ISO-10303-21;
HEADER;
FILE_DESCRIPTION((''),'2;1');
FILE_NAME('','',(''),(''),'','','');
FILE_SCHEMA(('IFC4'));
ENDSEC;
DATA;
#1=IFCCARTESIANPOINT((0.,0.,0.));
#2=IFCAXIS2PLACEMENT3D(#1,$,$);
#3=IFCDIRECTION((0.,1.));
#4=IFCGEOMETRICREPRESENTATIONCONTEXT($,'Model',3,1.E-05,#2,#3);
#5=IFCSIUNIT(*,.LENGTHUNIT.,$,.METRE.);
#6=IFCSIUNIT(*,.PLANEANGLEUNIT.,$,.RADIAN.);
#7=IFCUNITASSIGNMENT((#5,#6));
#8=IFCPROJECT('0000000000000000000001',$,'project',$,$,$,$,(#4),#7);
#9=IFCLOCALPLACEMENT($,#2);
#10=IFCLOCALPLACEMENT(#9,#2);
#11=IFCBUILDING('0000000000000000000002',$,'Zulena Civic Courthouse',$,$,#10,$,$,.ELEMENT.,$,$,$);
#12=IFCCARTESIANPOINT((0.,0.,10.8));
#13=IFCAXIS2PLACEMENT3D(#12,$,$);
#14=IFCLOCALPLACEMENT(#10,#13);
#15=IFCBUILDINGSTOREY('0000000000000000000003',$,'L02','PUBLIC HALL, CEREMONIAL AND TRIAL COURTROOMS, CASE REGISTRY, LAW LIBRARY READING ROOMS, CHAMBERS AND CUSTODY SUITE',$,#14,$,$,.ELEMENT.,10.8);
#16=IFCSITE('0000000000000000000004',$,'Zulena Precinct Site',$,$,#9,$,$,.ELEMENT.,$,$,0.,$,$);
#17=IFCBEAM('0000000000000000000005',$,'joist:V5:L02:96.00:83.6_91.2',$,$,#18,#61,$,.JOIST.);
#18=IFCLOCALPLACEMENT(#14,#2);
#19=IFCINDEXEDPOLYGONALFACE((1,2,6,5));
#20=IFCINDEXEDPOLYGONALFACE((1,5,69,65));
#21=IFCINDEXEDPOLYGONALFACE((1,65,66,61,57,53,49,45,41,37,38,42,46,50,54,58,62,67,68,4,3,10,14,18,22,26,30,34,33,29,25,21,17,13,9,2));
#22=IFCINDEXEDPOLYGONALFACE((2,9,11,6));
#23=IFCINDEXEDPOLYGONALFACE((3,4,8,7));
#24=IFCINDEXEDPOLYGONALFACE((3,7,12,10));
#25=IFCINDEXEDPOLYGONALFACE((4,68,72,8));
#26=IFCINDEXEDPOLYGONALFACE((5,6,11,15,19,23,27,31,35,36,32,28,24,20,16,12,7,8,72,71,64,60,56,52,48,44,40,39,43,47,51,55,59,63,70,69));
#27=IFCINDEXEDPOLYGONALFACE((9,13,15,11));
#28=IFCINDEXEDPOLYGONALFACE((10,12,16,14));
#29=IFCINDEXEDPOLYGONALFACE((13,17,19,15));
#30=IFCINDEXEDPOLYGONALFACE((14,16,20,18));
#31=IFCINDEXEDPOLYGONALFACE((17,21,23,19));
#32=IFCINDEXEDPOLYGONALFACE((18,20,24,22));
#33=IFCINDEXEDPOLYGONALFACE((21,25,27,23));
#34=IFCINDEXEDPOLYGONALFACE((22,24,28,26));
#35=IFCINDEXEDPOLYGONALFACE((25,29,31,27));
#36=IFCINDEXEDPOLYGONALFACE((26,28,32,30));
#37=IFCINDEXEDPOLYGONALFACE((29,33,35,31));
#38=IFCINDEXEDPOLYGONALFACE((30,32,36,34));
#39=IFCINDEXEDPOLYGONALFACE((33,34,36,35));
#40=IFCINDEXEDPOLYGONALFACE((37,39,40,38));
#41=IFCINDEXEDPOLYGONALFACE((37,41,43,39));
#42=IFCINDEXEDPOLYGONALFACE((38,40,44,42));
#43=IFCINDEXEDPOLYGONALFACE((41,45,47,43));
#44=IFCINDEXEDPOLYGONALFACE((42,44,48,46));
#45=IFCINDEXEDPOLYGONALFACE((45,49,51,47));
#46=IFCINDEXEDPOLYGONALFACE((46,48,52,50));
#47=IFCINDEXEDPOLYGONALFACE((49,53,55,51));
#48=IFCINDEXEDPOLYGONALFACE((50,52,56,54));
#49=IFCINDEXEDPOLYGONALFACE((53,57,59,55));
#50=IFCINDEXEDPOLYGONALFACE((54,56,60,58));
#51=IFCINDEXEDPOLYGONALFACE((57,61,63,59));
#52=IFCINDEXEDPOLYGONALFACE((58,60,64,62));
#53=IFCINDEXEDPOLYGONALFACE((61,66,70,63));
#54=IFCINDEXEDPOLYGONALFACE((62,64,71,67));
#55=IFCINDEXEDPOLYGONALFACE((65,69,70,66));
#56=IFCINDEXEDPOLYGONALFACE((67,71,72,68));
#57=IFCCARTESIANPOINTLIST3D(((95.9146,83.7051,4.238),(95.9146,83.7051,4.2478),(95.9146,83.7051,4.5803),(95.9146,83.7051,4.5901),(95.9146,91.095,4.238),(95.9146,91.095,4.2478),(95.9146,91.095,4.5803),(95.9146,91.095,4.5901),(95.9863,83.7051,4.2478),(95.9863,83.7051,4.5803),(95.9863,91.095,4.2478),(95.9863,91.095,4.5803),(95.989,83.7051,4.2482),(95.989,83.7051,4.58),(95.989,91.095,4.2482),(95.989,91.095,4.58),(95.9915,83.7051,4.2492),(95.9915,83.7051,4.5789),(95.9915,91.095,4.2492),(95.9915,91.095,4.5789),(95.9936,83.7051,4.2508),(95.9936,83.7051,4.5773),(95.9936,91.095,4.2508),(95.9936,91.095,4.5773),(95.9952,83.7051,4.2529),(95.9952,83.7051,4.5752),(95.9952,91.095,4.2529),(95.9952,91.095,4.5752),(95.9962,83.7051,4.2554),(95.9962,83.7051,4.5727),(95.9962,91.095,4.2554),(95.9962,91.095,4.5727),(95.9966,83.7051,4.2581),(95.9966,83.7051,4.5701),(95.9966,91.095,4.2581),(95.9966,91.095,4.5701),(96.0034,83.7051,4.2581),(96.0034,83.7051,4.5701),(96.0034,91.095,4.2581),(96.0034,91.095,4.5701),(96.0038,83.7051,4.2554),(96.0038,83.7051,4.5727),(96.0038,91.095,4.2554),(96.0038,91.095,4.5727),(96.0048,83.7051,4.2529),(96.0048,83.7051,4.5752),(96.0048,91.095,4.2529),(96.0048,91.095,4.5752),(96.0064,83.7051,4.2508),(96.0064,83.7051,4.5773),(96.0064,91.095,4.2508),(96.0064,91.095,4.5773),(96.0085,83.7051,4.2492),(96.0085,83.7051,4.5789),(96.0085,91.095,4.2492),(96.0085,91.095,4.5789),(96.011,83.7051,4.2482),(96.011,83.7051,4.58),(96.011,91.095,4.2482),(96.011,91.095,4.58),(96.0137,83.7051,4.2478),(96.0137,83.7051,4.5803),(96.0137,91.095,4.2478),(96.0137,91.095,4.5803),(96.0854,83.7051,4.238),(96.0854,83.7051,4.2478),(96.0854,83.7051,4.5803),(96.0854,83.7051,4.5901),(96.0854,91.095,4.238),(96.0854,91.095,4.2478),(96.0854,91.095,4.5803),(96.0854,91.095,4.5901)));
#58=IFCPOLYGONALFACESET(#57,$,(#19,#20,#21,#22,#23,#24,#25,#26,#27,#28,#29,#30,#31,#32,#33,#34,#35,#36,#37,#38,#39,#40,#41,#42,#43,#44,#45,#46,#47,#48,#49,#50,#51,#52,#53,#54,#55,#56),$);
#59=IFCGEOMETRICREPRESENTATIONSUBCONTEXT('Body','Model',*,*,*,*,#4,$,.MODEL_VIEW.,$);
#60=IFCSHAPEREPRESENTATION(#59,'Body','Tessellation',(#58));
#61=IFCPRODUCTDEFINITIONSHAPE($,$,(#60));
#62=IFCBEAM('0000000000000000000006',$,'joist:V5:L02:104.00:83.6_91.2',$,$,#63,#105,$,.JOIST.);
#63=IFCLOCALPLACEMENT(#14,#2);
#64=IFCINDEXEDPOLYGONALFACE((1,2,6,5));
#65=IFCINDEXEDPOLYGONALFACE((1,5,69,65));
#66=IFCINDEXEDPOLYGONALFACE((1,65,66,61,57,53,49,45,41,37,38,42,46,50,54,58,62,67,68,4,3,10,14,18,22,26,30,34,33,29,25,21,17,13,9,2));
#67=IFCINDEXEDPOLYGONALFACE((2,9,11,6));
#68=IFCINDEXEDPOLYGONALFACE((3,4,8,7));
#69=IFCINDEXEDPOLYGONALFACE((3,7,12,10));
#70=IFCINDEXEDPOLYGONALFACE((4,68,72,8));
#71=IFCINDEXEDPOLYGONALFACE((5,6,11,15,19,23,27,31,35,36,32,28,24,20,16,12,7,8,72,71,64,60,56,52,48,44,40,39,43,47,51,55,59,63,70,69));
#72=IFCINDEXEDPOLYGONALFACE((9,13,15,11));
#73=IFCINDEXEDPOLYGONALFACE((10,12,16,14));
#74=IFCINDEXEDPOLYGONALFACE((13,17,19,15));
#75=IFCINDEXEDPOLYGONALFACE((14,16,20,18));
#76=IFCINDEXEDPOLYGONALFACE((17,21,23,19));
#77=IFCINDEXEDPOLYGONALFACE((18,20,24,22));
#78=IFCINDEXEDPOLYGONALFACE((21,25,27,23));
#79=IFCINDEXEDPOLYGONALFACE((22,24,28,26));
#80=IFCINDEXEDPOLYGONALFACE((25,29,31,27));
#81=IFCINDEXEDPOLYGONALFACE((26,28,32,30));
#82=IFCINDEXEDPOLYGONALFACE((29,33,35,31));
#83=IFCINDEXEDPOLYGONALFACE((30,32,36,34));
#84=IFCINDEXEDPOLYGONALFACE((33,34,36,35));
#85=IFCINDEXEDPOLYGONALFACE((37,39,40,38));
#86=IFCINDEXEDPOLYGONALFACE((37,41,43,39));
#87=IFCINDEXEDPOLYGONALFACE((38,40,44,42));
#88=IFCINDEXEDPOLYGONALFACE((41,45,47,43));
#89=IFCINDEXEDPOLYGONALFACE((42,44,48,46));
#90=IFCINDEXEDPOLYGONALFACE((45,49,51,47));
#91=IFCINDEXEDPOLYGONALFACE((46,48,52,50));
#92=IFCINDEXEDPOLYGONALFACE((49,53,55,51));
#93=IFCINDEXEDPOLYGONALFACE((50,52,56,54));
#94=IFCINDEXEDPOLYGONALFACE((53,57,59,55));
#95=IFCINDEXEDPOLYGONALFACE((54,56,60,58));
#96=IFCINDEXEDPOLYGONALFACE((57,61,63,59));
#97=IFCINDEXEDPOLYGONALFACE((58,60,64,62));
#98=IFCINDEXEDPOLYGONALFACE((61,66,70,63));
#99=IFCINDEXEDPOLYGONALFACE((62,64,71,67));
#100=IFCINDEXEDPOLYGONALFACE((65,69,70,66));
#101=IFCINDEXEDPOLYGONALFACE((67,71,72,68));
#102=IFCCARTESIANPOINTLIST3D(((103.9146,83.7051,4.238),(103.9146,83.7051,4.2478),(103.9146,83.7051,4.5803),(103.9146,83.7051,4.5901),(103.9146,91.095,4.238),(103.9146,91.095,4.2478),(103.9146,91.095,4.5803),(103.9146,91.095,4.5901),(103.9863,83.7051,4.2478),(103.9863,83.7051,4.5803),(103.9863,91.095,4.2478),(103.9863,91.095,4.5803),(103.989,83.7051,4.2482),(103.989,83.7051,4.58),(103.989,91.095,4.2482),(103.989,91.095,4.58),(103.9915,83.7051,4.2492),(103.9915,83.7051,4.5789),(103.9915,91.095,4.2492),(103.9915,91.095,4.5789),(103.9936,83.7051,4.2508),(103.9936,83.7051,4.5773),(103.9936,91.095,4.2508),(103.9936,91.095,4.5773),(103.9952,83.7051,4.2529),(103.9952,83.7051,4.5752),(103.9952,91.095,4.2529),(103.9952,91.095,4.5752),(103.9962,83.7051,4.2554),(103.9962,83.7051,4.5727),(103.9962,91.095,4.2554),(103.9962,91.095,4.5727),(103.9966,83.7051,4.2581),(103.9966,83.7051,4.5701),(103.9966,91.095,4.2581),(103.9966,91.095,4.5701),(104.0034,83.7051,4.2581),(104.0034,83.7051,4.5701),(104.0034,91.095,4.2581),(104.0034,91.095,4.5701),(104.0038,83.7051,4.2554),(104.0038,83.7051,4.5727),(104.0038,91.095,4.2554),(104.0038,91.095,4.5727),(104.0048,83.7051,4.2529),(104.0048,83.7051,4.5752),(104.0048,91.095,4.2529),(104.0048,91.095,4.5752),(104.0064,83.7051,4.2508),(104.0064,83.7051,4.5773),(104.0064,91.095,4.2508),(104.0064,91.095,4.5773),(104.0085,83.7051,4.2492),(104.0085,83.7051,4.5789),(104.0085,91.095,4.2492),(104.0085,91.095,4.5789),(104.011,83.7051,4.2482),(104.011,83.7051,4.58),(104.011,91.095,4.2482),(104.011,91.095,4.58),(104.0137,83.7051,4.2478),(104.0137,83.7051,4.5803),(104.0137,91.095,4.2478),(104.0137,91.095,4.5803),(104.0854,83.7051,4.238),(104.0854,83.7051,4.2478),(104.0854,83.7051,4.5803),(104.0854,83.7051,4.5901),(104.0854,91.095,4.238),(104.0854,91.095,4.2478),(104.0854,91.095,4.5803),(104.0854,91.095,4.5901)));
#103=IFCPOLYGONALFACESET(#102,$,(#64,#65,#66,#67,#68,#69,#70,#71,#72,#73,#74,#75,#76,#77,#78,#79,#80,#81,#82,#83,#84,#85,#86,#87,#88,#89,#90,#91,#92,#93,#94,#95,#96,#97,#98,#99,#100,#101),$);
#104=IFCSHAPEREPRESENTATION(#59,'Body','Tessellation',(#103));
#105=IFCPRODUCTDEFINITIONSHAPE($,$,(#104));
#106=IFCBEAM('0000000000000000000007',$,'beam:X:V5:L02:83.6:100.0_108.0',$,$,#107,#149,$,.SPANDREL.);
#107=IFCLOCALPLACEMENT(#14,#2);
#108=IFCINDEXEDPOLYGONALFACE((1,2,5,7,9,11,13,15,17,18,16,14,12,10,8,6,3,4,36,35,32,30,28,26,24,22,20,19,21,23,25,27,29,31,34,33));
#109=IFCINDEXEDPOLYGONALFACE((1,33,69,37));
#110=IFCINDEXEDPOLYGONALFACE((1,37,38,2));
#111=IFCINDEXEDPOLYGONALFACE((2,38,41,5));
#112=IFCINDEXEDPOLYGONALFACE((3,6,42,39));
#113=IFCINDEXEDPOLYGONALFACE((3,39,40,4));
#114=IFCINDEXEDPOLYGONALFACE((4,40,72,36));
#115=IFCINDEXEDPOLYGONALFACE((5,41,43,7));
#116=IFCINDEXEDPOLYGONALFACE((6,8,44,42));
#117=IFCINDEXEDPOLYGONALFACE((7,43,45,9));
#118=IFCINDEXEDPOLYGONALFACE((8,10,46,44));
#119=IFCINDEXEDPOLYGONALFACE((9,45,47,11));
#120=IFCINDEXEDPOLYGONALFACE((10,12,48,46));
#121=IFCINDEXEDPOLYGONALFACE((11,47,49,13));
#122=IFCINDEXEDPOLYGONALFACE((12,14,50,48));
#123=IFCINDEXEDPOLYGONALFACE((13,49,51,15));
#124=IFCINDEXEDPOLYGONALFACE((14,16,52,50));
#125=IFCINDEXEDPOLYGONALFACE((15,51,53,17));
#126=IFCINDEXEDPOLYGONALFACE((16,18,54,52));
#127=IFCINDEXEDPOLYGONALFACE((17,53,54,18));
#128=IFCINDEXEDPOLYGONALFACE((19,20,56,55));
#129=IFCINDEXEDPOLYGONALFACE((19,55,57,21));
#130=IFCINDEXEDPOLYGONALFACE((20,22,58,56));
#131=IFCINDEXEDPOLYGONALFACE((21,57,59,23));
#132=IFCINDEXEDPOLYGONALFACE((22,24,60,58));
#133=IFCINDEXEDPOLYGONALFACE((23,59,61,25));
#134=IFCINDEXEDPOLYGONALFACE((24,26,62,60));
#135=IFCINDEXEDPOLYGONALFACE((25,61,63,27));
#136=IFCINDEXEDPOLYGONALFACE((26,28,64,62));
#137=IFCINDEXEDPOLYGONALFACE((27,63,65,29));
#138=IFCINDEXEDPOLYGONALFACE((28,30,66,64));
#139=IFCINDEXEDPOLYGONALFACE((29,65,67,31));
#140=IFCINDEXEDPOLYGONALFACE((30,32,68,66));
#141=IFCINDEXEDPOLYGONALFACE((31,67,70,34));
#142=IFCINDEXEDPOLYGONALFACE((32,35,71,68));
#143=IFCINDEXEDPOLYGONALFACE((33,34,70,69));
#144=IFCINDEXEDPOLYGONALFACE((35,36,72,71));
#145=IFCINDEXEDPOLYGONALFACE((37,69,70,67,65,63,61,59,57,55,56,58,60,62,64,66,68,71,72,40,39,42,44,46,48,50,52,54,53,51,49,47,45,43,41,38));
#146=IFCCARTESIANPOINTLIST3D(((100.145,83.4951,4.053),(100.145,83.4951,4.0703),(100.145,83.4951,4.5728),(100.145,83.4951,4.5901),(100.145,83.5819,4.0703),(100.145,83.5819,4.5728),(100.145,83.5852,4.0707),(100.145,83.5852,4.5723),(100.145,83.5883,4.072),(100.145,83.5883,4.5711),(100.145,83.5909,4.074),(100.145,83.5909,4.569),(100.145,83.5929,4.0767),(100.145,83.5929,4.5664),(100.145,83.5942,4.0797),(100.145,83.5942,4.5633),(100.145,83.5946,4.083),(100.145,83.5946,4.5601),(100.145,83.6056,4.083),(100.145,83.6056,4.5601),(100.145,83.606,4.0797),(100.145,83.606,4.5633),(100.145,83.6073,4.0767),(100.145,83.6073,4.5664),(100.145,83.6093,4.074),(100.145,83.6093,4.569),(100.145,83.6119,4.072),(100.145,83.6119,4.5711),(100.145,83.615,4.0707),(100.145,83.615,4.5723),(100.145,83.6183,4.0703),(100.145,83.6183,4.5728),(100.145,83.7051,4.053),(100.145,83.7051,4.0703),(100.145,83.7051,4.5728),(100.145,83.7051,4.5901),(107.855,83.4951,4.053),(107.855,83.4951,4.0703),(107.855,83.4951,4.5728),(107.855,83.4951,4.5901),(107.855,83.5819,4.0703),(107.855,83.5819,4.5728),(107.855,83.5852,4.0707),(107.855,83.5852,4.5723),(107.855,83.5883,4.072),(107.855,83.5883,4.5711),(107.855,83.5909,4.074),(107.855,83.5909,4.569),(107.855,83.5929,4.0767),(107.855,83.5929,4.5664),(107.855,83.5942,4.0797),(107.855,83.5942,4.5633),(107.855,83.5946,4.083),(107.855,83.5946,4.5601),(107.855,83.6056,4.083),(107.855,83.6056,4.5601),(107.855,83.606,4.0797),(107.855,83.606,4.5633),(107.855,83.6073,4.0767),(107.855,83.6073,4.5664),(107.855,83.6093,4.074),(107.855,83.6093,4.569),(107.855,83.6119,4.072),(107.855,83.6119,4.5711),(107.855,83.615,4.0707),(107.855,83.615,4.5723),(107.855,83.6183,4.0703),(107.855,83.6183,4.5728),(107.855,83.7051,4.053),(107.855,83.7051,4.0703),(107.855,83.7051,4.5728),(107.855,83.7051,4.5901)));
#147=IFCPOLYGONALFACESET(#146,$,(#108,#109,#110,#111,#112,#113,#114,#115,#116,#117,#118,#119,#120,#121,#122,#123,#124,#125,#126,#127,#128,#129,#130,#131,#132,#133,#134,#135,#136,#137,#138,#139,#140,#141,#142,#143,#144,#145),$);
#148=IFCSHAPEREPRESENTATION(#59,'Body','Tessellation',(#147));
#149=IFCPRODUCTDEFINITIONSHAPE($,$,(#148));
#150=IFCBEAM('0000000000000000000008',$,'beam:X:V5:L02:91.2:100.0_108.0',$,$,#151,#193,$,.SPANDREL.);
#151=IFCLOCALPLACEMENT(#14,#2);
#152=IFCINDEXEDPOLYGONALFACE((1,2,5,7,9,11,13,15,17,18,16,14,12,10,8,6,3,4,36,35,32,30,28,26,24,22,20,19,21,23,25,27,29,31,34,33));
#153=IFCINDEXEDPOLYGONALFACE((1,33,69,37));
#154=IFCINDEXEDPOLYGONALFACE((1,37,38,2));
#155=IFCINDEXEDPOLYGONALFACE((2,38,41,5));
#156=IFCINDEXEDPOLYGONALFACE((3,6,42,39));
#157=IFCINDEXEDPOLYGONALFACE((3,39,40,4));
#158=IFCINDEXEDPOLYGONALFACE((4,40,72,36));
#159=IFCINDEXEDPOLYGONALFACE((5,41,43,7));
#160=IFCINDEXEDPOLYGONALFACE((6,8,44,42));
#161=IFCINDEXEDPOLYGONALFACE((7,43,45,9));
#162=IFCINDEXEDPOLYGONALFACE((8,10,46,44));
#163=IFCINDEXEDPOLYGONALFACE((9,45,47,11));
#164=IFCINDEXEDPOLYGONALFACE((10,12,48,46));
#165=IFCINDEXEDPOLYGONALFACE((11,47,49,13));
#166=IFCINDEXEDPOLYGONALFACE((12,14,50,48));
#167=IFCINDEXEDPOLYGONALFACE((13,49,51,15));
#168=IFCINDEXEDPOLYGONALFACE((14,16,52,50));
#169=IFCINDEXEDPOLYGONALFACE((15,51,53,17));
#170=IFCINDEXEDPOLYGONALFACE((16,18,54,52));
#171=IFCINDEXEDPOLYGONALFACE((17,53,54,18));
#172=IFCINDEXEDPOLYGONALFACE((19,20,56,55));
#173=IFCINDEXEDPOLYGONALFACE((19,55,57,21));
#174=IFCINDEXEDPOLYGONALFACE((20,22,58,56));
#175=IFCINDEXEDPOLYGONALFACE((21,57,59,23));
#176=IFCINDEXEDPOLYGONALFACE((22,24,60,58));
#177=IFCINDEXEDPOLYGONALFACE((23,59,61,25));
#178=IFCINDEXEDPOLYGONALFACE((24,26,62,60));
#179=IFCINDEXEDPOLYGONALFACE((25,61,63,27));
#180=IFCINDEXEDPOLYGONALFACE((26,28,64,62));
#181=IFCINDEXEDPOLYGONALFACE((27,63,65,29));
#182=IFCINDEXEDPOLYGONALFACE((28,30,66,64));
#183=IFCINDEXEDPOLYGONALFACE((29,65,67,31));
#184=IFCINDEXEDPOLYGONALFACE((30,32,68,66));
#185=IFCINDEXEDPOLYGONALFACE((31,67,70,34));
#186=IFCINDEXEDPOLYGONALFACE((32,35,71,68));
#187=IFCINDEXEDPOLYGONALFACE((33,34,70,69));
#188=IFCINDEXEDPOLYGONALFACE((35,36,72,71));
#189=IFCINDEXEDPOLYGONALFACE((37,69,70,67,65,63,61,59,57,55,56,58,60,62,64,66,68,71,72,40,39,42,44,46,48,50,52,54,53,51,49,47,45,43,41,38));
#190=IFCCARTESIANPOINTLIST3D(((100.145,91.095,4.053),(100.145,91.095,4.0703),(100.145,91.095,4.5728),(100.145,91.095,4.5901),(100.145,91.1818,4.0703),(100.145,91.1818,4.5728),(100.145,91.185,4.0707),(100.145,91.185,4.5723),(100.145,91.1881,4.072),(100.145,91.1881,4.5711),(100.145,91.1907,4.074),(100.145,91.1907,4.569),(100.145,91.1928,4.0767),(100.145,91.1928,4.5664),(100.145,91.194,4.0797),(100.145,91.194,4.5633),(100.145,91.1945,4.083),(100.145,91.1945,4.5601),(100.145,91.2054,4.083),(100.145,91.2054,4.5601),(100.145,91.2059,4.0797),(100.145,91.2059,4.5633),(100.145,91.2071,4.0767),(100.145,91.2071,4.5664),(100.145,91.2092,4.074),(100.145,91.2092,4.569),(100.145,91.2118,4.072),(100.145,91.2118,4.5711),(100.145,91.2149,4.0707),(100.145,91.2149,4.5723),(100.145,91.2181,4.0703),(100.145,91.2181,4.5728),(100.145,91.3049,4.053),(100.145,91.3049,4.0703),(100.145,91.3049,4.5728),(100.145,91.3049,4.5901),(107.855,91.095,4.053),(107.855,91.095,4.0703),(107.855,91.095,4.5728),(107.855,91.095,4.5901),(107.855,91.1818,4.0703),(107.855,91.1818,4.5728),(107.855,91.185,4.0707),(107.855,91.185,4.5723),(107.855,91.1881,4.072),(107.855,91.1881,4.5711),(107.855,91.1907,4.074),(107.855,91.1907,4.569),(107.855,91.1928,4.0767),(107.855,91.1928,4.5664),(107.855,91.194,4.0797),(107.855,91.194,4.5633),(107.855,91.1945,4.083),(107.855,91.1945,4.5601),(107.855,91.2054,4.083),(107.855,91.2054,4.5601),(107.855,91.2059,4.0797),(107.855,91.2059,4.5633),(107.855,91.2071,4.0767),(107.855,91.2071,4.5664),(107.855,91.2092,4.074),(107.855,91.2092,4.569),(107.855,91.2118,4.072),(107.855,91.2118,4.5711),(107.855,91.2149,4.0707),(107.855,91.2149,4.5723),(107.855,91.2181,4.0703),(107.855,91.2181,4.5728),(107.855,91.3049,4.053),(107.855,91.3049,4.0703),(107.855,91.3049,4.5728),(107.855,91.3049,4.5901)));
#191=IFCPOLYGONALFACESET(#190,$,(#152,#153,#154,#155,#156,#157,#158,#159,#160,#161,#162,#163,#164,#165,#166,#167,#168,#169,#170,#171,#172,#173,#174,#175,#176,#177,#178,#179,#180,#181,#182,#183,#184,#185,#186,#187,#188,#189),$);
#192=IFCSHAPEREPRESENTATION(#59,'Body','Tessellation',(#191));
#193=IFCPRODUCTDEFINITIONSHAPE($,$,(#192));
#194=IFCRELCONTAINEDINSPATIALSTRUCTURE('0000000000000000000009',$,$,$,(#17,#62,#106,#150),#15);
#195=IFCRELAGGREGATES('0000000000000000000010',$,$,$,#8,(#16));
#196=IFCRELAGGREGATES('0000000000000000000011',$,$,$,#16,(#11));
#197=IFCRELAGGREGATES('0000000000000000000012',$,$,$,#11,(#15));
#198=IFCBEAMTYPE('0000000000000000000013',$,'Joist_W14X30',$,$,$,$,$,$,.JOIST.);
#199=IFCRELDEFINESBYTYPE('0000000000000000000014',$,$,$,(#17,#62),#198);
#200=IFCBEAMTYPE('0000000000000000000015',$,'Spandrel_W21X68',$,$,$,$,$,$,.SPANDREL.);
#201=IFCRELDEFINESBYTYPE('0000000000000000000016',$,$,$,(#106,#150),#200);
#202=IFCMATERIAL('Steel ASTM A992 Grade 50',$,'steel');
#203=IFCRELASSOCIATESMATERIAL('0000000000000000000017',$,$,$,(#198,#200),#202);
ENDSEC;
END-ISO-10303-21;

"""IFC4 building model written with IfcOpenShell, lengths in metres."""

from ifc_helpers import new_model, si_unit, direction, frame, origin, origin_2d, place, context, subcontext, project, spatial, i_section, extrude, material, material_profile, profile_set, type_object, element, save


model = new_model("IFC4")

# Units and contexts
model_context = context("Model", 3, precision=1e-05, world=origin(), true_north=direction((0.0, 1.0)))
body_context = subcontext(model_context, "Body", "Model", "MODEL_VIEW")
ifc_project = project(units=[si_unit("LENGTHUNIT", "METRE"), si_unit("PLANEANGLEUNIT", "RADIAN")], contexts=[model_context])

# Site, building, storey
site_placement = place(None, origin())
site = spatial("IfcSite", under=ifc_project, at=site_placement, Name="Zulena Precinct Site", CompositionType="ELEMENT", RefElevation=0.0)
building_placement = place(site_placement, origin())
building = spatial("IfcBuilding", under=site, at=building_placement, Name="Zulena Civic Courthouse", CompositionType="ELEMENT")
storey_placement = place(building_placement, frame((0.0, 0.0, 10.8)))
storey = spatial("IfcBuildingStorey", under=building, at=storey_placement, Name="L02", Description="PUBLIC HALL, CEREMONIAL AND TRIAL COURTROOMS, CASE REGISTRY, LAW LIBRARY READING ROOMS, CHAMBERS AND CUSTODY SUITE", CompositionType="ELEMENT", Elevation=10.8)

# Shared definitions
ifc_material_1 = material(Name="Steel ASTM A992 Grade 50", Category="steel")

# Beams
ifc_material_profile_1 = material_profile(ifc_material_1, i_section(OverallWidth=0.1709, OverallDepth=0.3521, WebThickness=0.0068, FlangeThickness=0.0098, FilletRadius=0.0103, at=origin_2d()), Name="W14X30")
ifc_profile_set_1 = profile_set([ifc_material_profile_1], Name="Steel ASTM A992 Grade 50")
beam_type_1 = type_object("IfcBeamType", Name="Joist_W14X30", PredefinedType="JOIST", material=ifc_profile_set_1)
for number, where, z_axis, x_axis, name in (
    (1, (96.0, 83.7051, 4.4141), (0.0, 1.0, 0.0), (-1.0, 0.0, 0.0), "joist:V5:L02:96.00:83.6_91.2"),
    (2, (104.0, 83.7051, 4.4141), (0.0, 1.0, 0.0), (-1.0, 0.0, 0.0), "joist:V5:L02:104.00:83.6_91.2"),
):
    element("IfcBeam", number, at=place(storey_placement, frame(where, z_axis=z_axis, x_axis=x_axis)), inside=storey, type_object=beam_type_1, Name=name, PredefinedType="JOIST", context=body_context, shape_type="SweptSolid", body=[
        extrude(i_section(OverallWidth=0.1709, OverallDepth=0.3521, WebThickness=0.0068, FlangeThickness=0.0098, FilletRadius=0.0103, at=origin_2d()), origin(), (0.0, 0.0, 1.0), 7.3899),
    ])
ifc_material_profile_2 = material_profile(ifc_material_1, i_section(OverallWidth=0.21, OverallDepth=0.5371, WebThickness=0.011, FlangeThickness=0.0173, FilletRadius=0.0127, at=origin_2d()), Name="W21X68")
ifc_profile_set_2 = profile_set([ifc_material_profile_2], Name="Steel ASTM A992 Grade 50")
beam_type_2 = type_object("IfcBeamType", Name="Spandrel_W21X68", PredefinedType="SPANDREL", material=ifc_profile_set_2)
for number, where, z_axis, x_axis, name in (
    (3, (100.145, 83.6001, 4.3215), (1.0, 0.0, 0.0), (0.0, 1.0, 0.0), "beam:X:V5:L02:83.6:100.0_108.0"),
    (4, (100.145, 91.2, 4.3215), (1.0, 0.0, 0.0), (0.0, 1.0, 0.0), "beam:X:V5:L02:91.2:100.0_108.0"),
):
    element("IfcBeam", number, at=place(storey_placement, frame(where, z_axis=z_axis, x_axis=x_axis)), inside=storey, type_object=beam_type_2, Name=name, PredefinedType="SPANDREL", context=body_context, shape_type="SweptSolid", body=[
        extrude(i_section(OverallWidth=0.21, OverallDepth=0.5371, WebThickness=0.011, FlangeThickness=0.0173, FilletRadius=0.0127, at=origin_2d()), origin(), (0.0, 0.0, 1.0), 7.71),
    ])

save(model, "model.ifc")
